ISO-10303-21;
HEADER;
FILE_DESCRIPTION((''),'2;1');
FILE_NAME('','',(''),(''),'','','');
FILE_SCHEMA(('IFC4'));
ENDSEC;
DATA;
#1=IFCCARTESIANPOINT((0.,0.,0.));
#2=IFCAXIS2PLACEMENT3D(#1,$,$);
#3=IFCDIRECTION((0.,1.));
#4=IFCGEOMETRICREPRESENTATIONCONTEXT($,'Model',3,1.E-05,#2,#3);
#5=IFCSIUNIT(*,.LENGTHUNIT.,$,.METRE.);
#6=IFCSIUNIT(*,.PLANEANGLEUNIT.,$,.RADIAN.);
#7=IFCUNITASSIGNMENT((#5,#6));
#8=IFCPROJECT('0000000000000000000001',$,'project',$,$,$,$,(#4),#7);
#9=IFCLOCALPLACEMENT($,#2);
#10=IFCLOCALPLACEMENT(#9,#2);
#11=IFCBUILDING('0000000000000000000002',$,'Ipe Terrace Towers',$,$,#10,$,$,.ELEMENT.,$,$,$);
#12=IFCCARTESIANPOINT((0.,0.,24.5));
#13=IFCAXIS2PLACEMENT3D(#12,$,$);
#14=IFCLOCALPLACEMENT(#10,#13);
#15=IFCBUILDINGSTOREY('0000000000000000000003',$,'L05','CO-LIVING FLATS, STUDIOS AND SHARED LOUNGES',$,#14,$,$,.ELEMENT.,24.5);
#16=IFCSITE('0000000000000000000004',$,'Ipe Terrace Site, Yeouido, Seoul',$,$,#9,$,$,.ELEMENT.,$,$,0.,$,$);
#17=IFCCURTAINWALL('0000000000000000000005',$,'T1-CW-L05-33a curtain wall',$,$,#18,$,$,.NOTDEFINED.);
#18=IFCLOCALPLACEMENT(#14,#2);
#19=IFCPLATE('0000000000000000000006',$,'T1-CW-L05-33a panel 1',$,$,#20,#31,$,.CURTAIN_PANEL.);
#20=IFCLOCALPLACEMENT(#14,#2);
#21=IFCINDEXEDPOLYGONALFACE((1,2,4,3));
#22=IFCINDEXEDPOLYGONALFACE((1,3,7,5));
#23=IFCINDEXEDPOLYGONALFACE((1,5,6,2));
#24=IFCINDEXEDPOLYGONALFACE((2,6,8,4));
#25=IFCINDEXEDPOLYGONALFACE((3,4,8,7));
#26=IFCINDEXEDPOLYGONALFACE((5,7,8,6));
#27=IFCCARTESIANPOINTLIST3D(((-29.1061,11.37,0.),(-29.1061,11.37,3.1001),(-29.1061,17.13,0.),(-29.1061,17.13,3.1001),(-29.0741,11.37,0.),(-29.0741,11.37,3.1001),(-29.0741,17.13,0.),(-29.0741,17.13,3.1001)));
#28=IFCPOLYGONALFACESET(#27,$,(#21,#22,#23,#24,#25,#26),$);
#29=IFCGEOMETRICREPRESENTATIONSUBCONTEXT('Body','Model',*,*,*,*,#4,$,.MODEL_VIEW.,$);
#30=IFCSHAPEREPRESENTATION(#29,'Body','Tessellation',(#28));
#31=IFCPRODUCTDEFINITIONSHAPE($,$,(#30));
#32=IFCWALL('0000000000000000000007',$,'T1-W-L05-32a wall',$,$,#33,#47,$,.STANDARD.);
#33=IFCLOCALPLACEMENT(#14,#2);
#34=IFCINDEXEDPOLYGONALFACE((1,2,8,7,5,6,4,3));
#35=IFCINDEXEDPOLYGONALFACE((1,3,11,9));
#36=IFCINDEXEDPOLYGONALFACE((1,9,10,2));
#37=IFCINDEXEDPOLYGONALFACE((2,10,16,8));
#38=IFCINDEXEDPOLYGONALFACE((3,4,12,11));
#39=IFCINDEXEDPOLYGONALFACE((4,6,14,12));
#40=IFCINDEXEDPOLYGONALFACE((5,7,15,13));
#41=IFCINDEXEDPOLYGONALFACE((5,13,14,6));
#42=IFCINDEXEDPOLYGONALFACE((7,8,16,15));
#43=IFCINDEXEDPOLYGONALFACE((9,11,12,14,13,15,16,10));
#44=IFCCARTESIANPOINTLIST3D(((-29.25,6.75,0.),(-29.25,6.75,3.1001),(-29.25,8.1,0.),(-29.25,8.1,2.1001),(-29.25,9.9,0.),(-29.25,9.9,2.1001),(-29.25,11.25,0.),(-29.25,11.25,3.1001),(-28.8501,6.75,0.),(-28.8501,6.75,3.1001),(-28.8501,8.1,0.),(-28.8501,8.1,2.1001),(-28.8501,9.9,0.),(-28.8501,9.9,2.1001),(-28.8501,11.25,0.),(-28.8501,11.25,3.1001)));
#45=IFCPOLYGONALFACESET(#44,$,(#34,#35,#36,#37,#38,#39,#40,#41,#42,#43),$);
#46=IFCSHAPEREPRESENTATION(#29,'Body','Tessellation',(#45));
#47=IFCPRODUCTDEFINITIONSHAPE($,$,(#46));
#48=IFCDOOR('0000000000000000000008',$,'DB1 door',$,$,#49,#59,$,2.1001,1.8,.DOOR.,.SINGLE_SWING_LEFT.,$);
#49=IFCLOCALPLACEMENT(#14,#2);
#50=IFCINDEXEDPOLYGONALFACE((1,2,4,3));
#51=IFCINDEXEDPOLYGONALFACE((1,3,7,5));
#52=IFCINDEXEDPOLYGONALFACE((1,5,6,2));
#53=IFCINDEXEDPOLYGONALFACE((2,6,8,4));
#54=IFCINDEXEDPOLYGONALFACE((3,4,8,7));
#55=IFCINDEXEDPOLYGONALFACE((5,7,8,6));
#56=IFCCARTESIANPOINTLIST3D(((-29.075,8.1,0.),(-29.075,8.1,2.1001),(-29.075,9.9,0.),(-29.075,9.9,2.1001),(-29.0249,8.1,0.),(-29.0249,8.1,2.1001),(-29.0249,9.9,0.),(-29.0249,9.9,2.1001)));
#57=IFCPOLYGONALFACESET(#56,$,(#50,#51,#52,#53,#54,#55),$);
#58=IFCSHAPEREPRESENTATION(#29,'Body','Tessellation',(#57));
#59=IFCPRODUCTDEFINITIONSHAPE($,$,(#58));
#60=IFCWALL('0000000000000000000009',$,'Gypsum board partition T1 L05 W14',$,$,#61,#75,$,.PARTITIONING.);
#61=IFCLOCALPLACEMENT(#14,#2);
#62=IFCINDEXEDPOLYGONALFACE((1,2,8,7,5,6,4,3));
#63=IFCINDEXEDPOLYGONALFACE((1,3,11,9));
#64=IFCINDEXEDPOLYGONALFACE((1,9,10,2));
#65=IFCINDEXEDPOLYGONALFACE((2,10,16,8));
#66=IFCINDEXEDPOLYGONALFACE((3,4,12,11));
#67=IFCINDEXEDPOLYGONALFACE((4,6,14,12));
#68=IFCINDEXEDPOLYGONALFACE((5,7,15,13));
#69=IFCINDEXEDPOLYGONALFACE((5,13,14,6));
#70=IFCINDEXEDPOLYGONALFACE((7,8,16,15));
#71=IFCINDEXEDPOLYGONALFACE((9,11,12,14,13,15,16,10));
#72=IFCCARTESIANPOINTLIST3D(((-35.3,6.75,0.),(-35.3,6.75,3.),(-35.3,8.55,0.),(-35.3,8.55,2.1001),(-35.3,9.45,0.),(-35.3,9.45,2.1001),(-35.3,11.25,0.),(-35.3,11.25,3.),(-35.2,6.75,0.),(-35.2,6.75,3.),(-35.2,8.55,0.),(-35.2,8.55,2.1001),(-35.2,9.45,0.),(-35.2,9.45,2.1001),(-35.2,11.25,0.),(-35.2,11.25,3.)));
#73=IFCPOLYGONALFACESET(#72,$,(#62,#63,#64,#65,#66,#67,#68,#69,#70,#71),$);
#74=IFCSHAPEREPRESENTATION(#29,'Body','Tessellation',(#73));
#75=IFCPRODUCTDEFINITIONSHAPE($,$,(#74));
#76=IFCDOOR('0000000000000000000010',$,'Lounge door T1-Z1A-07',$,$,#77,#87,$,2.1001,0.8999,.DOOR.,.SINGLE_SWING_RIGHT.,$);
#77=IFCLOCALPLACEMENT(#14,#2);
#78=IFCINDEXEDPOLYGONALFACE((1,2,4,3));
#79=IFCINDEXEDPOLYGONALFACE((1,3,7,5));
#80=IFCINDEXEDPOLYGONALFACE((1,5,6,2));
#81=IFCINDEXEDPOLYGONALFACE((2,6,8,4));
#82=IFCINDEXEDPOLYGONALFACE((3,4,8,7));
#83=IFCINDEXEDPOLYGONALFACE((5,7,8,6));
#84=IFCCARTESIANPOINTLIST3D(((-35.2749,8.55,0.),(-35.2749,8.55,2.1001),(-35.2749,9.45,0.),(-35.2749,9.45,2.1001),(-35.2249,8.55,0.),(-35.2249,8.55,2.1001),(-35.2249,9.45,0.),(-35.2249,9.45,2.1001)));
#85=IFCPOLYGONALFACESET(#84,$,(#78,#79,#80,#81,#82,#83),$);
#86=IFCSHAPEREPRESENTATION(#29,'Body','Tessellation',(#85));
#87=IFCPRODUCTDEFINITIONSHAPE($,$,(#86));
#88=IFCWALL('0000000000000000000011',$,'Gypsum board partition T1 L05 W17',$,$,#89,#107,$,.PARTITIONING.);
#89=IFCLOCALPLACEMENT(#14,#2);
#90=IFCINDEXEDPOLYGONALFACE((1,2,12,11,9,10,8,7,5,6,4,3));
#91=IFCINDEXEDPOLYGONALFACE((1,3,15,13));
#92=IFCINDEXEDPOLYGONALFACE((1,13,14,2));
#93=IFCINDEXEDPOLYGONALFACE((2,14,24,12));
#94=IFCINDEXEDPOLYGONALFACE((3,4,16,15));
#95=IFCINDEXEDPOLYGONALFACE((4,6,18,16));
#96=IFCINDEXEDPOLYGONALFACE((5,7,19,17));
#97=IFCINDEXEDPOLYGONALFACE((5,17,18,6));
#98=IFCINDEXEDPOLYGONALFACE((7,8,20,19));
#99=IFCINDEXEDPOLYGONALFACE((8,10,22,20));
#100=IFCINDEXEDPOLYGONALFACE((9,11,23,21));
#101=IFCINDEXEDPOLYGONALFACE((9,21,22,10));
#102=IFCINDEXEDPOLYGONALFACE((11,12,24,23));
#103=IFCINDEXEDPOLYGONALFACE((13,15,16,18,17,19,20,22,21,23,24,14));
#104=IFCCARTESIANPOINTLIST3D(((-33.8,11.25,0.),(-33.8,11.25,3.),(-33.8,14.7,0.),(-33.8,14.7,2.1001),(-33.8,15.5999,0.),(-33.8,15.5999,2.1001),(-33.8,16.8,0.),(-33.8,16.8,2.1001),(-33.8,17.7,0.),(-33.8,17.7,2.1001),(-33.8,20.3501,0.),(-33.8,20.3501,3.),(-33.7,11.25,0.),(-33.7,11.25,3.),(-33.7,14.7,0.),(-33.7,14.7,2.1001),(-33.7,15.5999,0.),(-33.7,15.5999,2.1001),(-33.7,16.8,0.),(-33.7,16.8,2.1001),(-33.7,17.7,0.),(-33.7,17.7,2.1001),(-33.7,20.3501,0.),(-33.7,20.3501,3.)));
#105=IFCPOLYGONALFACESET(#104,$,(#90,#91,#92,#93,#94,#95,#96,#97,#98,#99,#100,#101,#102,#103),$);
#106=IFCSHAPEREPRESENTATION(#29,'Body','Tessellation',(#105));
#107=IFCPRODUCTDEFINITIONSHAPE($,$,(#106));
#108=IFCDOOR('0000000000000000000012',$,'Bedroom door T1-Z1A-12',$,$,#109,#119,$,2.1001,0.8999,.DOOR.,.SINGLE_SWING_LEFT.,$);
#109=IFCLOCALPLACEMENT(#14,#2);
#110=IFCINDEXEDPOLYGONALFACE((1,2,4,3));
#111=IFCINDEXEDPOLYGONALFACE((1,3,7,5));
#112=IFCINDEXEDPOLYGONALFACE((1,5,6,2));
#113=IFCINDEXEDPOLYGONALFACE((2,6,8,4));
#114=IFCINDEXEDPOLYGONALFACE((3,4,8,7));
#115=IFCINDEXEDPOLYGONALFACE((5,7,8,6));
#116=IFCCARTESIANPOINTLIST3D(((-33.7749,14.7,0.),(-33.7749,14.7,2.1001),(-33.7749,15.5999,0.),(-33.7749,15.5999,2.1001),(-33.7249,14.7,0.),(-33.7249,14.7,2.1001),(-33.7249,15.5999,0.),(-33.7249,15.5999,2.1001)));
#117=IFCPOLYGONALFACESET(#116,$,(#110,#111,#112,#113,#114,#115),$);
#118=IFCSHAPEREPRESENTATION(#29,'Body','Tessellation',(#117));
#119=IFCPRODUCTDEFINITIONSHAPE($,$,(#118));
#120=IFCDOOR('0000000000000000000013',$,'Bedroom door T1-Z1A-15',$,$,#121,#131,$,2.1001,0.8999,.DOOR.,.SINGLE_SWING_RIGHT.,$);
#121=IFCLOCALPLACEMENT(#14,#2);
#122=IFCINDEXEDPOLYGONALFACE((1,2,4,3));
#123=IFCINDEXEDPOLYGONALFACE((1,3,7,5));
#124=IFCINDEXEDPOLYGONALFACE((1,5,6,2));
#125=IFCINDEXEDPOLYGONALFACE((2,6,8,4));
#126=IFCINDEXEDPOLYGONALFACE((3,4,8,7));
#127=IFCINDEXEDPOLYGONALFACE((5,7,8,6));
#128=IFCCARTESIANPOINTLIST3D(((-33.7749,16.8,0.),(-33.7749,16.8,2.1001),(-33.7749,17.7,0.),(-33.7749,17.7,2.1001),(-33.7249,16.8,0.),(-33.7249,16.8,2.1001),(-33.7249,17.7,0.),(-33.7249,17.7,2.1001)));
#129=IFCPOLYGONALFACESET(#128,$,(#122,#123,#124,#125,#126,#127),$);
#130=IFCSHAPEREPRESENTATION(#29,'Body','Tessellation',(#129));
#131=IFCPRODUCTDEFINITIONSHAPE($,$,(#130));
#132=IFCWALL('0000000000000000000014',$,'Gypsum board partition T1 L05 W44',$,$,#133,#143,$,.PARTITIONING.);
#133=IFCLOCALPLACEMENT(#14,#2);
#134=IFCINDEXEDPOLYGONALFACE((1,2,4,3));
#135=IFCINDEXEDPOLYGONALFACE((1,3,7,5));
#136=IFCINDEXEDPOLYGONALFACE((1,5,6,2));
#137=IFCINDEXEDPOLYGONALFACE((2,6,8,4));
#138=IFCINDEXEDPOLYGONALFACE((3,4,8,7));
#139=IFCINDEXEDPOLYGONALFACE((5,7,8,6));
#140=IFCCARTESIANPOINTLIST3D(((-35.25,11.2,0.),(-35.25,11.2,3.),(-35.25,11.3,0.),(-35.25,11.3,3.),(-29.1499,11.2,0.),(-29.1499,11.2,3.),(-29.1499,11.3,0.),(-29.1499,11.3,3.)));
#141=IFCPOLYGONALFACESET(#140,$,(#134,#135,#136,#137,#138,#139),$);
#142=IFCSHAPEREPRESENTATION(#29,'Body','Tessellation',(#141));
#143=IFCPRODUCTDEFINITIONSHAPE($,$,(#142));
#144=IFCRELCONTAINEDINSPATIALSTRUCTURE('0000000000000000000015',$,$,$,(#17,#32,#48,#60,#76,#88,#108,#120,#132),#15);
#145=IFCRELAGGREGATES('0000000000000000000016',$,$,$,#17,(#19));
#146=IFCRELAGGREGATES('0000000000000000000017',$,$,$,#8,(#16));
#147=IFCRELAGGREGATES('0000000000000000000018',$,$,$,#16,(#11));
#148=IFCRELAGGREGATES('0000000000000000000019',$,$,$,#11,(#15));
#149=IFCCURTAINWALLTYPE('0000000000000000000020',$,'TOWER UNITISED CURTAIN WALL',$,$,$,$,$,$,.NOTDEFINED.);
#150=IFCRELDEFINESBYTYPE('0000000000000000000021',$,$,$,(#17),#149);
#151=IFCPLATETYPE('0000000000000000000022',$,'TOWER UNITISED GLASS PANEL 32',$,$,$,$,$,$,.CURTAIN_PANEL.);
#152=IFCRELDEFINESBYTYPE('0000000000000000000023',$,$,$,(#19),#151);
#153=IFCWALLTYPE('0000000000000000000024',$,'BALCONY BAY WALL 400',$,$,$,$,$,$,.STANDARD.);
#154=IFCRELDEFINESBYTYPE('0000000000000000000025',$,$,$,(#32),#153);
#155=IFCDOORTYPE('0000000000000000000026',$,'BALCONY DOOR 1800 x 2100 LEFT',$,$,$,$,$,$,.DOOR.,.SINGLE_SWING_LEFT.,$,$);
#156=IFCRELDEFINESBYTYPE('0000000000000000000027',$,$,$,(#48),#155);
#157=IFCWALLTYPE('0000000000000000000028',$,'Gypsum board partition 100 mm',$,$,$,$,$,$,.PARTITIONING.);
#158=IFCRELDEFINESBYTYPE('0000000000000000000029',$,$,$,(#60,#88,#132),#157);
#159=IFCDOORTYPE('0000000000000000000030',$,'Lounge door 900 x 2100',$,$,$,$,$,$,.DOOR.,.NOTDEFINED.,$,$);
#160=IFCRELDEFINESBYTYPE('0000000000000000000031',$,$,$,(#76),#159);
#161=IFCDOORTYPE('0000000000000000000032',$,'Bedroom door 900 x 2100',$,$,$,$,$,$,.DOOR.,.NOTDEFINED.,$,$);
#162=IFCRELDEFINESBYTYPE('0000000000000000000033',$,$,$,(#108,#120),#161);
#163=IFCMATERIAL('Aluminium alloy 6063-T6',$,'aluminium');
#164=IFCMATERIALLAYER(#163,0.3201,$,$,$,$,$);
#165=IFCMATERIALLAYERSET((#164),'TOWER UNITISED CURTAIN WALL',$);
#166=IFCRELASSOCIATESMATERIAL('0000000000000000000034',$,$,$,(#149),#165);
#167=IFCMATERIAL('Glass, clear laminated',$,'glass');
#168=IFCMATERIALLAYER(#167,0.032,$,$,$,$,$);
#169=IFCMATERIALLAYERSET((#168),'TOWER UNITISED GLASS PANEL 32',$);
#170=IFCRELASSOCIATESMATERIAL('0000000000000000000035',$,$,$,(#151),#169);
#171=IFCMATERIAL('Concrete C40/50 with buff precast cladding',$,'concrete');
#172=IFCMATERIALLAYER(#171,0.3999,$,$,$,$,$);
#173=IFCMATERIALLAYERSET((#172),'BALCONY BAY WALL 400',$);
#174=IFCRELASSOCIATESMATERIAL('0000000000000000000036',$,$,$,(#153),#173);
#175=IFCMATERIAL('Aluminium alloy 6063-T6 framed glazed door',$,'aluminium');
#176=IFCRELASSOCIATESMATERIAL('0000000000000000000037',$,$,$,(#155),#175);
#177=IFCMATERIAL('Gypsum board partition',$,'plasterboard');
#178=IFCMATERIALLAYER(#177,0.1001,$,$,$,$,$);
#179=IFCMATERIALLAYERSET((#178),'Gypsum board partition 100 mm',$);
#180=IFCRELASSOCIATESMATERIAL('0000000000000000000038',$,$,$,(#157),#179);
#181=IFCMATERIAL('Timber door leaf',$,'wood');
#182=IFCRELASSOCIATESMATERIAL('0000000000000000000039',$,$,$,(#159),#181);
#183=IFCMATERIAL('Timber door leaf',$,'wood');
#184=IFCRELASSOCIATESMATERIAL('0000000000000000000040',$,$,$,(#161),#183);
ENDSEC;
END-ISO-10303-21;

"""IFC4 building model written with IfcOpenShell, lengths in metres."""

from ifc_helpers import new_model, si_unit, direction, frame, frame_2d, origin, origin_2d, place, context, subcontext, project, spatial, rectangle, extrude, material, layer, layer_set, type_object, element, fill, aggregate, save


model = new_model("IFC4")

# Units and contexts
model_context = context("Model", 3, precision=1e-05, world=origin(), true_north=direction((0.0, 1.0)))
body_context = subcontext(model_context, "Body", "Model", "MODEL_VIEW")
ifc_project = project(units=[si_unit("LENGTHUNIT", "METRE"), si_unit("PLANEANGLEUNIT", "RADIAN")], contexts=[model_context])

# Site, building, storey
site_placement = place(None, origin())
site = spatial("IfcSite", under=ifc_project, at=site_placement, Name="Ipe Terrace Site, Yeouido, Seoul", CompositionType="ELEMENT", RefElevation=0.0)
building_placement = place(site_placement, origin())
building = spatial("IfcBuilding", under=site, at=building_placement, Name="Ipe Terrace Towers", CompositionType="ELEMENT")
storey_placement = place(building_placement, frame((0.0, 0.0, 24.5)))
storey = spatial("IfcBuildingStorey", under=building, at=storey_placement, Name="L05", Description="CO-LIVING FLATS, STUDIOS AND SHARED LOUNGES", CompositionType="ELEMENT", Elevation=24.5)

# Curtain wall, plate
ifc_material_1 = material(Name="Aluminium alloy 6063-T6", Category="aluminium")
ifc_layer_1 = layer(ifc_material_1, 0.3201)
ifc_layer_set_1 = layer_set([ifc_layer_1], Name="TOWER UNITISED CURTAIN WALL")
curtain_wall_type = type_object("IfcCurtainWallType", Name="TOWER UNITISED CURTAIN WALL", PredefinedType="NOTDEFINED", material=ifc_layer_set_1)
curtain_wall_placement = place(storey_placement, origin())
curtain_wall = element("IfcCurtainWall", 1, at=curtain_wall_placement, inside=storey, type_object=curtain_wall_type, Name="T1-CW-L05-33a curtain wall", PredefinedType="NOTDEFINED")
ifc_material_2 = material(Name="Glass, clear laminated", Category="glass")
ifc_layer_2 = layer(ifc_material_2, 0.032)
ifc_layer_set_2 = layer_set([ifc_layer_2], Name="TOWER UNITISED GLASS PANEL 32")
plate_type = type_object("IfcPlateType", Name="TOWER UNITISED GLASS PANEL 32", PredefinedType="CURTAIN_PANEL", material=ifc_layer_set_2)
plate_placement = place(storey_placement, frame((-29.0901, 14.25, 0.0), z_axis=(0.0, 0.0, 1.0), x_axis=(0.0, 1.0, 0.0)))
plate = element("IfcPlate", 2, at=plate_placement, type_object=plate_type, Name="T1-CW-L05-33a panel 1", PredefinedType="CURTAIN_PANEL", context=body_context, shape_type="SweptSolid", body=[
    extrude(rectangle(XDim=5.76, YDim=0.032, at=origin_2d()), origin(), (0.0, 0.0, 1.0), 3.1001),
])
aggregate(curtain_wall, [plate])

# Walls, openings, doors
ifc_material_3 = material(Name="Concrete C40/50 with buff precast cladding", Category="concrete")
ifc_layer_3 = layer(ifc_material_3, 0.3999)
ifc_layer_set_3 = layer_set([ifc_layer_3], Name="BALCONY BAY WALL 400")
wall_type_1 = type_object("IfcWallType", Name="BALCONY BAY WALL 400", PredefinedType="STANDARD", material=ifc_layer_set_3)
wall_1_placement = place(storey_placement, frame((-29.05, 6.75, 0.0), z_axis=(0.0, 0.0, 1.0), x_axis=(0.0, 1.0, 0.0)))
wall_1 = element("IfcWall", 3, at=wall_1_placement, inside=storey, type_object=wall_type_1, Name="T1-W-L05-32a wall", PredefinedType="STANDARD", context=body_context, shape_type="SweptSolid", body=[
    extrude(rectangle(XDim=4.5, YDim=0.3999, at=frame_2d((2.25, 0.0))), origin(), (0.0, 0.0, 1.0), 3.1001),
])
opening_1_placement = place(wall_1_placement, frame((1.3501, 0.0, 0.0)))
opening_1 = element("IfcOpeningElement", 4, at=opening_1_placement, cuts=wall_1, PredefinedType="OPENING", context=body_context, shape_type="SweptSolid", body=[
    extrude(rectangle(XDim=1.8, YDim=2.1001, at=frame_2d((0.8999, 1.05))), frame((0.0, 0.21, 0.0), z_axis=(0.0, -1.0, 0.0), x_axis=(1.0, 0.0, 0.0)), (0.0, 0.0, 1.0), 0.4199),
])
ifc_material_4 = material(Name="Aluminium alloy 6063-T6 framed glazed door", Category="aluminium")
door_type_1 = type_object("IfcDoorType", Name="BALCONY DOOR 1800 x 2100 LEFT", OperationType="SINGLE_SWING_LEFT", PredefinedType="DOOR", material=ifc_material_4)
door_1_placement = place(opening_1_placement, origin())
door_1 = element("IfcDoor", 5, at=door_1_placement, inside=storey, type_object=door_type_1, Name="DB1 door", OperationType="SINGLE_SWING_LEFT", OverallHeight=2.1001, OverallWidth=1.8, PredefinedType="DOOR", context=body_context, shape_type="SweptSolid", body=[
    extrude(rectangle(XDim=1.8, YDim=2.1001, at=frame_2d((0.8999, 1.05))), frame((0.0, 0.0249, 0.0), z_axis=(0.0, -1.0, 0.0), x_axis=(1.0, 0.0, 0.0)), (0.0, 0.0, 1.0), 0.05),
])
fill(opening_1, door_1)
ifc_material_5 = material(Name="Gypsum board partition", Category="plasterboard")
ifc_layer_4 = layer(ifc_material_5, 0.1001)
ifc_layer_set_4 = layer_set([ifc_layer_4], Name="Gypsum board partition 100 mm")
wall_type_2 = type_object("IfcWallType", Name="Gypsum board partition 100 mm", PredefinedType="PARTITIONING", material=ifc_layer_set_4)
wall_2_placement = place(storey_placement, frame((-35.25, 6.75, 0.0), z_axis=(0.0, 0.0, 1.0), x_axis=(0.0, 1.0, 0.0)))
wall_2 = element("IfcWall", 6, at=wall_2_placement, inside=storey, type_object=wall_type_2, Name="Gypsum board partition T1 L05 W14", PredefinedType="PARTITIONING", context=body_context, shape_type="SweptSolid", body=[
    extrude(rectangle(XDim=4.5, YDim=0.1001, at=frame_2d((2.25, 0.0))), origin(), (0.0, 0.0, 1.0), 3.0),
])
opening_2_placement = place(wall_2_placement, frame((1.8, 0.0, 0.0)))
opening_2 = element("IfcOpeningElement", 7, at=opening_2_placement, cuts=wall_2, PredefinedType="OPENING", context=body_context, shape_type="SweptSolid", body=[
    extrude(rectangle(XDim=0.8999, YDim=2.1001, at=frame_2d((0.45, 1.05))), frame((0.0, 0.0601, 0.0), z_axis=(0.0, -1.0, 0.0), x_axis=(1.0, 0.0, 0.0)), (0.0, 0.0, 1.0), 0.1201),
])
ifc_material_6 = material(Name="Timber door leaf", Category="wood")
door_type_2 = type_object("IfcDoorType", Name="Lounge door 900 x 2100", OperationType="NOTDEFINED", PredefinedType="DOOR", material=ifc_material_6)
door_2_placement = place(opening_2_placement, origin())
door_2 = element("IfcDoor", 8, at=door_2_placement, inside=storey, type_object=door_type_2, Name="Lounge door T1-Z1A-07", OperationType="SINGLE_SWING_RIGHT", OverallHeight=2.1001, OverallWidth=0.8999, PredefinedType="DOOR", context=body_context, shape_type="SweptSolid", body=[
    extrude(rectangle(XDim=0.8999, YDim=2.1001, at=frame_2d((0.45, 1.05))), frame((0.0, 0.0249, 0.0), z_axis=(0.0, -1.0, 0.0), x_axis=(1.0, 0.0, 0.0)), (0.0, 0.0, 1.0), 0.05),
])
fill(opening_2, door_2)

# Wall, openings, doors
wall_3_placement = place(storey_placement, frame((-33.75, 11.25, 0.0), z_axis=(0.0, 0.0, 1.0), x_axis=(0.0, 1.0, 0.0)))
wall_3 = element("IfcWall", 9, at=wall_3_placement, inside=storey, type_object=wall_type_2, Name="Gypsum board partition T1 L05 W17", PredefinedType="PARTITIONING", context=body_context, shape_type="SweptSolid", body=[
    extrude(rectangle(XDim=9.1001, YDim=0.1001, at=frame_2d((4.55, 0.0))), origin(), (0.0, 0.0, 1.0), 3.0),
])
opening_3_placement = place(wall_3_placement, frame((3.45, 0.0, 0.0)))
opening_3 = element("IfcOpeningElement", 10, at=opening_3_placement, cuts=wall_3, PredefinedType="OPENING", context=body_context, shape_type="SweptSolid", body=[
    extrude(rectangle(XDim=0.8999, YDim=2.1001, at=frame_2d((0.45, 1.05))), frame((0.0, 0.0601, 0.0), z_axis=(0.0, -1.0, 0.0), x_axis=(1.0, 0.0, 0.0)), (0.0, 0.0, 1.0), 0.1201),
])
opening_4_placement = place(wall_3_placement, frame((5.55, 0.0, 0.0)))
opening_4 = element("IfcOpeningElement", 11, at=opening_4_placement, cuts=wall_3, PredefinedType="OPENING", context=body_context, shape_type="SweptSolid", body=[
    extrude(rectangle(XDim=0.8999, YDim=2.1001, at=frame_2d((0.45, 1.05))), frame((0.0, 0.0601, 0.0), z_axis=(0.0, -1.0, 0.0), x_axis=(1.0, 0.0, 0.0)), (0.0, 0.0, 1.0), 0.1201),
])
ifc_material_7 = material(Name="Timber door leaf", Category="wood")
door_type_3 = type_object("IfcDoorType", Name="Bedroom door 900 x 2100", OperationType="NOTDEFINED", PredefinedType="DOOR", material=ifc_material_7)
door_3_placement = place(opening_3_placement, origin())
door_3 = element("IfcDoor", 12, at=door_3_placement, inside=storey, type_object=door_type_3, Name="Bedroom door T1-Z1A-12", OperationType="SINGLE_SWING_LEFT", OverallHeight=2.1001, OverallWidth=0.8999, PredefinedType="DOOR", context=body_context, shape_type="SweptSolid", body=[
    extrude(rectangle(XDim=0.8999, YDim=2.1001, at=frame_2d((0.45, 1.05))), frame((0.0, 0.0249, 0.0), z_axis=(0.0, -1.0, 0.0), x_axis=(1.0, 0.0, 0.0)), (0.0, 0.0, 1.0), 0.05),
])
fill(opening_3, door_3)
door_4_placement = place(opening_4_placement, origin())
door_4 = element("IfcDoor", 13, at=door_4_placement, inside=storey, type_object=door_type_3, Name="Bedroom door T1-Z1A-15", OperationType="SINGLE_SWING_RIGHT", OverallHeight=2.1001, OverallWidth=0.8999, PredefinedType="DOOR", context=body_context, shape_type="SweptSolid", body=[
    extrude(rectangle(XDim=0.8999, YDim=2.1001, at=frame_2d((0.45, 1.05))), frame((0.0, 0.0249, 0.0), z_axis=(0.0, -1.0, 0.0), x_axis=(1.0, 0.0, 0.0)), (0.0, 0.0, 1.0), 0.05),
])
fill(opening_4, door_4)

# Wall
wall_4_placement = place(storey_placement, frame((-35.25, 11.25, 0.0), z_axis=(0.0, 0.0, 1.0), x_axis=(1.0, 0.0, 0.0)))
element("IfcWall", 14, at=wall_4_placement, inside=storey, type_object=wall_type_2, Name="Gypsum board partition T1 L05 W44", PredefinedType="PARTITIONING", context=body_context, shape_type="SweptSolid", body=[
    extrude(rectangle(XDim=6.1001, YDim=0.1001, at=frame_2d((3.05, 0.0))), origin(), (0.0, 0.0, 1.0), 3.0),
])

save(model, "model.ifc")
